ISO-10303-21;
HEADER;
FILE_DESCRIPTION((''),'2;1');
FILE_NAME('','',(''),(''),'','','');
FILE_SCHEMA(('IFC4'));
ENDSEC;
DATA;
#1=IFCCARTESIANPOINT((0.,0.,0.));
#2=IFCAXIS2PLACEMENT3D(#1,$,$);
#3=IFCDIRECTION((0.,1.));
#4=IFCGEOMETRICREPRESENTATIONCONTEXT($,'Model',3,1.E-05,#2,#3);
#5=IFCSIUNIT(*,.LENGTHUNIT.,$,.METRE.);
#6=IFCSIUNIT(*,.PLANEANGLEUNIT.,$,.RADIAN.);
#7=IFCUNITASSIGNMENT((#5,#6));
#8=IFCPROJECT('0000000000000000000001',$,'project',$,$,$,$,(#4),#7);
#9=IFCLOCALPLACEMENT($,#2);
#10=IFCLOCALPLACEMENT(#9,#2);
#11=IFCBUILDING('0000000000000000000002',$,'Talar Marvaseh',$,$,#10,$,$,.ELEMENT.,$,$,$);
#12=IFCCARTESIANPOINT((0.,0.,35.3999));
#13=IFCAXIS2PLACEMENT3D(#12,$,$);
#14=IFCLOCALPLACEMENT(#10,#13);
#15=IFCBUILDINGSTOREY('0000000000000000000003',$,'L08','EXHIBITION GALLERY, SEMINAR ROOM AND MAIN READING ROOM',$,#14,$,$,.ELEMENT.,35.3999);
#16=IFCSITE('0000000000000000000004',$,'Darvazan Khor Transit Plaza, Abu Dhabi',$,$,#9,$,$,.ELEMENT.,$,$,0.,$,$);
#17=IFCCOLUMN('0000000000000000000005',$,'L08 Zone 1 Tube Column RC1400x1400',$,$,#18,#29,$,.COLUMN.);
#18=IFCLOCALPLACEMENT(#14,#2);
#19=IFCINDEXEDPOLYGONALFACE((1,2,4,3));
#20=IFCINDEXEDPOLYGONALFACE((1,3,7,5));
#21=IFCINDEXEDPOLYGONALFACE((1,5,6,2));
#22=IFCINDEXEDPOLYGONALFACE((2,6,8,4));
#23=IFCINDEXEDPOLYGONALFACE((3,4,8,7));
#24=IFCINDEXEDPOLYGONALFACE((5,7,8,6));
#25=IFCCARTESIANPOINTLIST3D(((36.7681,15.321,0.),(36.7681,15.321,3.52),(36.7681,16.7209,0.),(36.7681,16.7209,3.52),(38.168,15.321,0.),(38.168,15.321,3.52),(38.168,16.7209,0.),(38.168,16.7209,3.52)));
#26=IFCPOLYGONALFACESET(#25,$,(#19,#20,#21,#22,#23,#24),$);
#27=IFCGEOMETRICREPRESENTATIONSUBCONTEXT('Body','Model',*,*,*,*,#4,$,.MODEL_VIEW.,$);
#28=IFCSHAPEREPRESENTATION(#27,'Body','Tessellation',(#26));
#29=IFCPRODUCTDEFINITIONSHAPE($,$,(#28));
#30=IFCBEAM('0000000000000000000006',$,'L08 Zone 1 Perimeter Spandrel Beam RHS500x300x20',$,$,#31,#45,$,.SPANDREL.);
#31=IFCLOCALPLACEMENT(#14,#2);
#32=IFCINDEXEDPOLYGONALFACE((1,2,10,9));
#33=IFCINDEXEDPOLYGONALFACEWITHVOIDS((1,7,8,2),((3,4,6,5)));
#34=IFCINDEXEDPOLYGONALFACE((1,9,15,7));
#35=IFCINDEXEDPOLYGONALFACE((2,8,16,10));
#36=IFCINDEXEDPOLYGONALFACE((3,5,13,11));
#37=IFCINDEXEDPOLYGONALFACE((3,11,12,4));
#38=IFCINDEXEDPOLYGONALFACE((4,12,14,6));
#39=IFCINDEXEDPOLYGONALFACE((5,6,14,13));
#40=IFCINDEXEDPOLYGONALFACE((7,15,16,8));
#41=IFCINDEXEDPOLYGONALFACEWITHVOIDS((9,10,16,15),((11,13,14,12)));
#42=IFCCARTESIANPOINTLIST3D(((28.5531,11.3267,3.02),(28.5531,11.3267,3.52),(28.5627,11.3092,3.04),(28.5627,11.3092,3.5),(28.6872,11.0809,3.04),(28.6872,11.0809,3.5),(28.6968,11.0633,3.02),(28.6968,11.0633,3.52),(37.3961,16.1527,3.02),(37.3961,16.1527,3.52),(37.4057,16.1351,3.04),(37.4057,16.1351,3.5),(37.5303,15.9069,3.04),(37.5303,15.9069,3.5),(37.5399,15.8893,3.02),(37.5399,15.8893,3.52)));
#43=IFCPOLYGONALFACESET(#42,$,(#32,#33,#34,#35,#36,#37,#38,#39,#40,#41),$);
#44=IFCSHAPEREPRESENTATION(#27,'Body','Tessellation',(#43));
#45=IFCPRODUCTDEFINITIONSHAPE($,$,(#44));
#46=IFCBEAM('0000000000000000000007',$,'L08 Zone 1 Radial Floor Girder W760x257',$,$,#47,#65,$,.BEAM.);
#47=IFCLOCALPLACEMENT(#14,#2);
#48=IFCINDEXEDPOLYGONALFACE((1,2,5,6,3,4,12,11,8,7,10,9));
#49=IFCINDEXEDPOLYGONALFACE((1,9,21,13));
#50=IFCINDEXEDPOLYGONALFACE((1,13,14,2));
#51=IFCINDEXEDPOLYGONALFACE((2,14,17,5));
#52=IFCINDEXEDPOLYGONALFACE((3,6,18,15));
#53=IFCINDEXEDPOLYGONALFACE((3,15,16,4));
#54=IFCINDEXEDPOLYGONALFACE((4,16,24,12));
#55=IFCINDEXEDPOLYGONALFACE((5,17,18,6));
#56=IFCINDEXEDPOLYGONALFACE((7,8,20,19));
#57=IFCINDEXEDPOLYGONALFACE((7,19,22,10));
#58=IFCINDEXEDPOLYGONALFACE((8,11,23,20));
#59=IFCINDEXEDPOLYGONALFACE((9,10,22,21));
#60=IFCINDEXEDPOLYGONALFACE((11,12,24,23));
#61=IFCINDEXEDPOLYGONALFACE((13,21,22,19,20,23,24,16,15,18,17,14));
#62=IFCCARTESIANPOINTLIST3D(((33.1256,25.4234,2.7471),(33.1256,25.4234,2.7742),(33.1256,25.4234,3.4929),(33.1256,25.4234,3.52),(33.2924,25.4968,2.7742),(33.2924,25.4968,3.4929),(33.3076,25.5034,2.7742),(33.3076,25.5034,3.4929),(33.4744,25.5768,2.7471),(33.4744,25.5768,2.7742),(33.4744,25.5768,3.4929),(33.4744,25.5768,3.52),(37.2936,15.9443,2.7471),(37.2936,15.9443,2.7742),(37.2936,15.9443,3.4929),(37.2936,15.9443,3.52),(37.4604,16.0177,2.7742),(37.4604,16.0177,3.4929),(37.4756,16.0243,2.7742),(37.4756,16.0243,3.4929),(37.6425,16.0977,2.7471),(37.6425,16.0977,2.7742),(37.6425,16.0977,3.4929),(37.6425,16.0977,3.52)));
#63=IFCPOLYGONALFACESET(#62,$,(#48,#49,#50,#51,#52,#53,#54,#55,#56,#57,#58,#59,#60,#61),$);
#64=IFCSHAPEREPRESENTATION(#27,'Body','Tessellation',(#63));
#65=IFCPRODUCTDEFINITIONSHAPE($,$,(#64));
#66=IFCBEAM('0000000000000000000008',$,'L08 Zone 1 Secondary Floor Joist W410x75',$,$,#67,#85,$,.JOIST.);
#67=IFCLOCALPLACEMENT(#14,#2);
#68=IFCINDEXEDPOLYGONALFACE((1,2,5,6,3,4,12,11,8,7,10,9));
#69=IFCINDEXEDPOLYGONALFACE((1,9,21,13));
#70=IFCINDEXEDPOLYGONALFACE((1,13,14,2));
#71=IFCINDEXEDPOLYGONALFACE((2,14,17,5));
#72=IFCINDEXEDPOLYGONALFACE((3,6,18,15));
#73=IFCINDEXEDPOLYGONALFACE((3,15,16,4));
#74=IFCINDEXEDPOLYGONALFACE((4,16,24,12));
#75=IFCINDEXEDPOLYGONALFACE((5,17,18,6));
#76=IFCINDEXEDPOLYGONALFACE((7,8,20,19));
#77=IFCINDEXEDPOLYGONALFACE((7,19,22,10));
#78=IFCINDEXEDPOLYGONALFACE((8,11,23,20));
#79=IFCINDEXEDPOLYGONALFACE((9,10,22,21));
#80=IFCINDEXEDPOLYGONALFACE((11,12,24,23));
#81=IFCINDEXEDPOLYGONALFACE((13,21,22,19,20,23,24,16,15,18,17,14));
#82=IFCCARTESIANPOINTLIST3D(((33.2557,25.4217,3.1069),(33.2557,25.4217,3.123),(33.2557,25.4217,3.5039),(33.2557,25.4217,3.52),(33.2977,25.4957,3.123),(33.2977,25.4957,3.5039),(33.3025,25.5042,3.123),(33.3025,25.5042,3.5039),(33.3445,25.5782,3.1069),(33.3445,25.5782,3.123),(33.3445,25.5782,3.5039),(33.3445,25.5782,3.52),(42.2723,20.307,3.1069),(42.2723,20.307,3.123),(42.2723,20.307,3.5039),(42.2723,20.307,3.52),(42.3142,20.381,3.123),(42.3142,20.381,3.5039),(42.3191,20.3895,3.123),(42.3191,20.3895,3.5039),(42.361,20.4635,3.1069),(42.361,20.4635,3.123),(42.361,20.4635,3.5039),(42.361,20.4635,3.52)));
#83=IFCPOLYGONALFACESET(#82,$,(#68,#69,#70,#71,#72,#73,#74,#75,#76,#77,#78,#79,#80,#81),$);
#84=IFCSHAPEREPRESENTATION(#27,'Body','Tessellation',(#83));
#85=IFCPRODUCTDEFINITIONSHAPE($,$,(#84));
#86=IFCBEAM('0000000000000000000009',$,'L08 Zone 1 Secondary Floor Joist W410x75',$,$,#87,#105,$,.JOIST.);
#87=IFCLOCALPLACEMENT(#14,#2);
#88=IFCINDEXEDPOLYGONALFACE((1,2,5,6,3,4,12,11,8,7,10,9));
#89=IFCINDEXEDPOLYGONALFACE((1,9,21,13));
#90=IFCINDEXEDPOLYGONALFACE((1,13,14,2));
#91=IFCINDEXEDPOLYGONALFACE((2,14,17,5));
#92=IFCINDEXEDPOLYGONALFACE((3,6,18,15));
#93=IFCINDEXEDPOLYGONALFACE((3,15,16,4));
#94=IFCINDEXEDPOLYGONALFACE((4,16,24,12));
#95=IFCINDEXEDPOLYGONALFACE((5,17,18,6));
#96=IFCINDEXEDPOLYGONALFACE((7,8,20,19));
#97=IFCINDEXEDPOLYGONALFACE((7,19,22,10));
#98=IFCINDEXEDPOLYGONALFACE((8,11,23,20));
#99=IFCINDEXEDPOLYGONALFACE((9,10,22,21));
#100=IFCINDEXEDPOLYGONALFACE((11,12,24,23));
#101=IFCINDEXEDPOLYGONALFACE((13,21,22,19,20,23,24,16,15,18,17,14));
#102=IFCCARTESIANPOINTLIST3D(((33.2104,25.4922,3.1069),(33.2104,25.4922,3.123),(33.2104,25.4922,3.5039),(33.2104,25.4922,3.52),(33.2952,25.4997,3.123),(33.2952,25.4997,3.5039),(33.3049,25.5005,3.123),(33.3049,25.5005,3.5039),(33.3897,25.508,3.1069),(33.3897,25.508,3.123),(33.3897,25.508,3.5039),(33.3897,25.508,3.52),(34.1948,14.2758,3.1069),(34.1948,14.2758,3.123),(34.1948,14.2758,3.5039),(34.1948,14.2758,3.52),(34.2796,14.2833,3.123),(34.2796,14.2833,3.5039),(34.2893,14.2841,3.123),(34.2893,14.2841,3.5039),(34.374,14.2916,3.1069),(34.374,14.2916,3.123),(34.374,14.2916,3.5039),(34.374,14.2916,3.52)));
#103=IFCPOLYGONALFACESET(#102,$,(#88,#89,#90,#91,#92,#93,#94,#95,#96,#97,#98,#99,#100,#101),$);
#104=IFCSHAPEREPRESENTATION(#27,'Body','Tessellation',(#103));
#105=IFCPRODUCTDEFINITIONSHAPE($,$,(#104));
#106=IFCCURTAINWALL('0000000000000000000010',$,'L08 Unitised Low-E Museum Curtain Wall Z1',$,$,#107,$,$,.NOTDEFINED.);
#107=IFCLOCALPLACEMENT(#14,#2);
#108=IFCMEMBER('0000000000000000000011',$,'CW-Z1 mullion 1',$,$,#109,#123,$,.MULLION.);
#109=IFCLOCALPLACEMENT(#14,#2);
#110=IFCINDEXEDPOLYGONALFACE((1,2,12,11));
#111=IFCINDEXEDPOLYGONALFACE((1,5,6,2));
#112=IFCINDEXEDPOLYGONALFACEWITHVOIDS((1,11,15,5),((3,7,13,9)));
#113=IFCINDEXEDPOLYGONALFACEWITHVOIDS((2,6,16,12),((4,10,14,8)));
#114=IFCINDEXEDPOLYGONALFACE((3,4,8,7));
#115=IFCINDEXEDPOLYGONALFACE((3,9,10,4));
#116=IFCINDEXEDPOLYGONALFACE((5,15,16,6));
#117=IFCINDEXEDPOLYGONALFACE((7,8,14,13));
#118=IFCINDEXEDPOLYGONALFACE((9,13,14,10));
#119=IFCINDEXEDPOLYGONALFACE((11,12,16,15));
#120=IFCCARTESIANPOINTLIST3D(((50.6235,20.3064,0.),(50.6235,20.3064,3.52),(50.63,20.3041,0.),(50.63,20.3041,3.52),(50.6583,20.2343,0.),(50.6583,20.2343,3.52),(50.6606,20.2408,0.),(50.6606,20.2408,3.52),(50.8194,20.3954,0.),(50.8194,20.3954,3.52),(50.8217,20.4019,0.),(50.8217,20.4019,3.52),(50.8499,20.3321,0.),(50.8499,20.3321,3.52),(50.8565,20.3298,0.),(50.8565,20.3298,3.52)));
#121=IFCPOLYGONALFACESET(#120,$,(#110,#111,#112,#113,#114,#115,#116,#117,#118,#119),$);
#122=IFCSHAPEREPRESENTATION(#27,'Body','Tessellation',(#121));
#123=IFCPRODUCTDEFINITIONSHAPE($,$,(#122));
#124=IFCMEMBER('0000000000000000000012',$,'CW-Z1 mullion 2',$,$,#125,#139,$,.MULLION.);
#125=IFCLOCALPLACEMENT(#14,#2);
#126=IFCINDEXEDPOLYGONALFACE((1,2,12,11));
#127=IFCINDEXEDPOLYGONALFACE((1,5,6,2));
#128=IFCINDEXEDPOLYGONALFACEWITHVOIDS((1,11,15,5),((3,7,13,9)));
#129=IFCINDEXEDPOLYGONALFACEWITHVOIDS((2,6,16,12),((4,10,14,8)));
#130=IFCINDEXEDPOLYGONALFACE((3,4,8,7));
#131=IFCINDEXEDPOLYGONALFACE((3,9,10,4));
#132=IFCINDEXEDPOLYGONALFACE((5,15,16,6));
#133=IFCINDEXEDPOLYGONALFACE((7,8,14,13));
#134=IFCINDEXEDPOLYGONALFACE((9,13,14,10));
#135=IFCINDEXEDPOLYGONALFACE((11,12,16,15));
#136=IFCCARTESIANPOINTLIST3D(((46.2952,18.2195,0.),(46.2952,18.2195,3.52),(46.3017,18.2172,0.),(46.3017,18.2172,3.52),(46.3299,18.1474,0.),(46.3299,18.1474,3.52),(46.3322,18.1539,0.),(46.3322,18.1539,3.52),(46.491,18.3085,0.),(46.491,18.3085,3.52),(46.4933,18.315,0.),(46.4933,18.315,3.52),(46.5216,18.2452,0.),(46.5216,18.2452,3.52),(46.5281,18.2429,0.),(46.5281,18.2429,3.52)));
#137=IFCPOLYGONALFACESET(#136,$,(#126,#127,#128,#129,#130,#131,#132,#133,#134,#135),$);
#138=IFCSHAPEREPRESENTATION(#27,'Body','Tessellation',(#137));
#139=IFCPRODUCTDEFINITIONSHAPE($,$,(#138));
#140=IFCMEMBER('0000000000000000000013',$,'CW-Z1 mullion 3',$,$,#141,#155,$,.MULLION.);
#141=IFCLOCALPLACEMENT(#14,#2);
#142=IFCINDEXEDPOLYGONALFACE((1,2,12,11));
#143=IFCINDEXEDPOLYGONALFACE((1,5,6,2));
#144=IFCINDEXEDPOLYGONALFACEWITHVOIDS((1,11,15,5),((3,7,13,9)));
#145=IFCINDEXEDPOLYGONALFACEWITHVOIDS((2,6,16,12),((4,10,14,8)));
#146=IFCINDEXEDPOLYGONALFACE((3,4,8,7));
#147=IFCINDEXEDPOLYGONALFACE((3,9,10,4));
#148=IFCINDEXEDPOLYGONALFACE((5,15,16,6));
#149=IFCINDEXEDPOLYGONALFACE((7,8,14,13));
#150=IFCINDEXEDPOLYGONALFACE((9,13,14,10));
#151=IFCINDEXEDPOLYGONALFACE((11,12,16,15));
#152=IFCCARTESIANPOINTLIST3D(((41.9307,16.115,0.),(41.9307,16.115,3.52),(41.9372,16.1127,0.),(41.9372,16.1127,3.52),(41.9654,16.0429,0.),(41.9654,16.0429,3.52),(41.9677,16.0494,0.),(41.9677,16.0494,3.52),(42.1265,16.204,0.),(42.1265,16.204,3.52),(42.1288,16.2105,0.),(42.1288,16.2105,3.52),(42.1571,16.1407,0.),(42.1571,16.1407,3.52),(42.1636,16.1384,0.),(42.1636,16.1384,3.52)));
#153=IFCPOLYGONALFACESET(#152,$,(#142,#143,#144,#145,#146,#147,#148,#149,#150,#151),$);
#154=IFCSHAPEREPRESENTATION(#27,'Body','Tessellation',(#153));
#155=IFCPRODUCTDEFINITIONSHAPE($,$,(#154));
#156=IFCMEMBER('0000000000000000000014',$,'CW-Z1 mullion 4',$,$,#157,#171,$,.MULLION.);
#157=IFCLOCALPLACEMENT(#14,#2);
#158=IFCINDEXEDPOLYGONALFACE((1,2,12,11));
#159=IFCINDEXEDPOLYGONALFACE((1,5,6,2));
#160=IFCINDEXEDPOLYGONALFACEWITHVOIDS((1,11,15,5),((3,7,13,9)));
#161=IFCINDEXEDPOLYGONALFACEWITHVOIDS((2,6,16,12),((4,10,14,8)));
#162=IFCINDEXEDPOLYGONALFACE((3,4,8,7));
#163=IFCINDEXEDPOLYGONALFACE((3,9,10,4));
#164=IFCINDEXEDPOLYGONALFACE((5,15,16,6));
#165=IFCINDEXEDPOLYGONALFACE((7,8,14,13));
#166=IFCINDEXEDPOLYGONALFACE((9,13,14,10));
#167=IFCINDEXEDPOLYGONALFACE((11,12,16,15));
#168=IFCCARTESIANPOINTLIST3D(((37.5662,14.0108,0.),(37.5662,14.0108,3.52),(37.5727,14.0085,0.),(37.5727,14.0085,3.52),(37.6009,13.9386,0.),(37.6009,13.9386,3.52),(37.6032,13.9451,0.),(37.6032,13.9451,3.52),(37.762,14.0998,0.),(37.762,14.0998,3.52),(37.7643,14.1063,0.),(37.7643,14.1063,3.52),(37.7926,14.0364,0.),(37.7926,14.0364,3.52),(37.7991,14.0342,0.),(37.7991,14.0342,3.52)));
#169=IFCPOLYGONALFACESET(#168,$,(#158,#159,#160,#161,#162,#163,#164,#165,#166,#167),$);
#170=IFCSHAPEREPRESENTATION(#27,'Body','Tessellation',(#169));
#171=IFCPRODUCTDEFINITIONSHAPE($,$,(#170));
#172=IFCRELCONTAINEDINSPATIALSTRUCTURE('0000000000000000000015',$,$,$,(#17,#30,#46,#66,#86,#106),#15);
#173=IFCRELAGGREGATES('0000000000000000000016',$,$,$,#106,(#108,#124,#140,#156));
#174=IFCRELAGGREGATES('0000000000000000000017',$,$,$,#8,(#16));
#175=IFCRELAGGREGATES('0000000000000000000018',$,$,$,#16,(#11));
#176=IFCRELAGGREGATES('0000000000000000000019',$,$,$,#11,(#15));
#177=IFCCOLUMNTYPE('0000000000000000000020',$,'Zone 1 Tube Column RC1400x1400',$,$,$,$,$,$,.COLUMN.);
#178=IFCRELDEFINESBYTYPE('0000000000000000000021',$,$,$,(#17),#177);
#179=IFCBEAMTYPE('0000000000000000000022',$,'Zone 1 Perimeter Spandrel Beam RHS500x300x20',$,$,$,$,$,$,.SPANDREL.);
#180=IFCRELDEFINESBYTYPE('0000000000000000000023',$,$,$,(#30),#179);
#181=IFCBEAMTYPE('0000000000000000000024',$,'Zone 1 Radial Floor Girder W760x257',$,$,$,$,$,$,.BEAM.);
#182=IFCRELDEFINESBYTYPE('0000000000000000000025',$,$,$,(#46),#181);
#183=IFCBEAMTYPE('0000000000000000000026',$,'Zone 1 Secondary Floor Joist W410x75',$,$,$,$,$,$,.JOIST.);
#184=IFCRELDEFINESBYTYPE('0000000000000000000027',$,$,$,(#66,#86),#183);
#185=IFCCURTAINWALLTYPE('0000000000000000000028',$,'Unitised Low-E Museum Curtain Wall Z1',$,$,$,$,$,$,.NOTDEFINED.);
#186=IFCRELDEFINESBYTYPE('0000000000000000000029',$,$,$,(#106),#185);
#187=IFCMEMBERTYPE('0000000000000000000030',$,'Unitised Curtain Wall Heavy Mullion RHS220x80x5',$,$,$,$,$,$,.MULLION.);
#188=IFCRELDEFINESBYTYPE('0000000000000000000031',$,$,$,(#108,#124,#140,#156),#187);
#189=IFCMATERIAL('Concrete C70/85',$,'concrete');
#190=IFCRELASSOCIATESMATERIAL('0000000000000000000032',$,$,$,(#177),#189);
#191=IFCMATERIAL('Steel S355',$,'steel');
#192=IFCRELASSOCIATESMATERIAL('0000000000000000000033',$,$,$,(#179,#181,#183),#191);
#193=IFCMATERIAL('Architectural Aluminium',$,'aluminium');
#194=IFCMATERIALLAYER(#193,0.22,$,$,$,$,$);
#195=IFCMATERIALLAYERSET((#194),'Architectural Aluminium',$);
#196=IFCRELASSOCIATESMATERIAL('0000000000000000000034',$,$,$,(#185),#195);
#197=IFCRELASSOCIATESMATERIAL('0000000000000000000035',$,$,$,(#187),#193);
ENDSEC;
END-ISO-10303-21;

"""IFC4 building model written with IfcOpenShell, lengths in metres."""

from ifc_helpers import new_model, si_unit, direction, frame, origin, origin_2d, place, context, subcontext, project, spatial, rectangle, hollow_rectangle, i_section, extrude, source, transform, mapped, material, layer, layer_set, material_profile, profile_set, type_object, type_shapes, element, aggregate, save


model = new_model("IFC4")

# Units and contexts
model_context = context("Model", 3, precision=1e-05, world=origin(), true_north=direction((0.0, 1.0)))
body_context = subcontext(model_context, "Body", "Model", "MODEL_VIEW")
ifc_project = project(units=[si_unit("LENGTHUNIT", "METRE"), si_unit("PLANEANGLEUNIT", "RADIAN")], contexts=[model_context])

# Site, building, storey
site_placement = place(None, origin())
site = spatial("IfcSite", under=ifc_project, at=site_placement, Name="Darvazan Khor Transit Plaza, Abu Dhabi", CompositionType="ELEMENT", RefElevation=0.0)
building_placement = place(site_placement, origin())
building = spatial("IfcBuilding", under=site, at=building_placement, Name="Talar Marvaseh", CompositionType="ELEMENT")
storey_placement = place(building_placement, frame((0.0, 0.0, 35.3999)))
storey = spatial("IfcBuildingStorey", under=building, at=storey_placement, Name="L08", Description="EXHIBITION GALLERY, SEMINAR ROOM AND MAIN READING ROOM", CompositionType="ELEMENT", Elevation=35.3999)

# Column
ifc_material_1 = material(Name="Concrete C70/85", Category="concrete")
ifc_material_profile_1 = material_profile(ifc_material_1, rectangle(XDim=1.3999, YDim=1.3999, at=origin_2d()), Name="RC1400x1400")
ifc_profile_set_1 = profile_set([ifc_material_profile_1], Name="Concrete C70/85")
column_type = type_object("IfcColumnType", Name="Zone 1 Tube Column RC1400x1400", PredefinedType="COLUMN", material=ifc_profile_set_1)
column_placement = place(storey_placement, frame((37.468, 16.021, 0.0), z_axis=(0.0, 0.0, 1.0), x_axis=(1.0, 0.0, 0.0)))
element("IfcColumn", 1, at=column_placement, inside=storey, type_object=column_type, Name="L08 Zone 1 Tube Column RC1400x1400", PredefinedType="COLUMN", context=body_context, shape_type="SweptSolid", body=[
    extrude(rectangle(XDim=1.3999, YDim=1.3999, at=origin_2d()), origin(), (0.0, 0.0, 1.0), 3.52),
])

# Beams
ifc_material_2 = material(Name="Steel S355", Category="steel")
ifc_material_profile_2 = material_profile(ifc_material_2, hollow_rectangle(XDim=0.3, YDim=0.5, WallThickness=0.02, at=origin_2d()), Name="RHS500x300x20")
ifc_profile_set_2 = profile_set([ifc_material_profile_2], Name="Steel S355")
beam_type_1 = type_object("IfcBeamType", Name="Zone 1 Perimeter Spandrel Beam RHS500x300x20", PredefinedType="SPANDREL", material=ifc_profile_set_2)
beam_1_placement = place(storey_placement, frame((37.468, 16.021, 3.27), z_axis=(-0.877793, -0.479041, 0.0), x_axis=(0.479041, -0.877793, 0.0)))
element("IfcBeam", 2, at=beam_1_placement, inside=storey, type_object=beam_type_1, Name="L08 Zone 1 Perimeter Spandrel Beam RHS500x300x20", PredefinedType="SPANDREL", context=body_context, shape_type="SweptSolid", body=[
    extrude(hollow_rectangle(XDim=0.3, YDim=0.5, WallThickness=0.02, at=origin_2d()), origin(), (0.0, 0.0, 1.0), 10.0742),
])
ifc_material_profile_3 = material_profile(ifc_material_2, i_section(OverallWidth=0.3811, OverallDepth=0.7729, WebThickness=0.0166, FlangeThickness=0.0271, at=origin_2d()), Name="W760x257")
ifc_profile_set_3 = profile_set([ifc_material_profile_3], Name="Steel S355")
beam_type_2 = type_object("IfcBeamType", Name="Zone 1 Radial Floor Girder W760x257", PredefinedType="BEAM", material=ifc_profile_set_3)
beam_2_placement = place(storey_placement, frame((37.468, 16.021, 3.1335), z_axis=(-0.402513, 0.915414, 0.0), x_axis=(-0.915414, -0.402513, 0.0)))
element("IfcBeam", 3, at=beam_2_placement, inside=storey, type_object=beam_type_2, Name="L08 Zone 1 Radial Floor Girder W760x257", PredefinedType="BEAM", context=body_context, shape_type="SweptSolid", body=[
    extrude(i_section(OverallWidth=0.3811, OverallDepth=0.7729, WebThickness=0.0166, FlangeThickness=0.0271, at=origin_2d()), origin(), (0.0, 0.0, 1.0), 10.355),
])
ifc_material_profile_4 = material_profile(ifc_material_2, i_section(OverallWidth=0.1799, OverallDepth=0.4131, WebThickness=0.0098, FlangeThickness=0.0161, at=origin_2d()), Name="W410x75")
ifc_profile_set_4 = profile_set([ifc_material_profile_4], Name="Steel S355")
beam_type_3 = type_object("IfcBeamType", Name="Zone 1 Secondary Floor Joist W410x75", PredefinedType="JOIST", material=ifc_profile_set_4)
beam_3_placement = place(storey_placement, frame((42.3167, 20.3853, 3.3135), z_axis=(-0.869801, 0.493402, 0.0), x_axis=(-0.493402, -0.869801, 0.0)))
element("IfcBeam", 4, at=beam_3_placement, inside=storey, type_object=beam_type_3, Name="L08 Zone 1 Secondary Floor Joist W410x75", PredefinedType="JOIST", context=body_context, shape_type="SweptSolid", body=[
    extrude(i_section(OverallWidth=0.1799, OverallDepth=0.4131, WebThickness=0.0098, FlangeThickness=0.0161, at=origin_2d()), origin(), (0.0, 0.0, 1.0), 10.3662),
])
beam_4_placement = place(storey_placement, frame((34.2844, 14.2837, 3.3135), z_axis=(-0.087427, 0.996171, 0.0), x_axis=(-0.996171, -0.087427, 0.0)))
element("IfcBeam", 5, at=beam_4_placement, inside=storey, type_object=beam_type_3, Name="L08 Zone 1 Secondary Floor Joist W410x75", PredefinedType="JOIST", context=body_context, shape_type="SweptSolid", body=[
    extrude(i_section(OverallWidth=0.1799, OverallDepth=0.4131, WebThickness=0.0098, FlangeThickness=0.0161, at=origin_2d()), origin(), (0.0, 0.0, 1.0), 11.2595),
])

# Curtain wall, members
ifc_material_3 = material(Name="Architectural Aluminium", Category="aluminium")
ifc_layer_1 = layer(ifc_material_3, 0.22)
ifc_layer_set_1 = layer_set([ifc_layer_1], Name="Architectural Aluminium")
curtain_wall_type = type_object("IfcCurtainWallType", Name="Unitised Low-E Museum Curtain Wall Z1", PredefinedType="NOTDEFINED", material=ifc_layer_set_1)
curtain_wall_placement = place(storey_placement, origin())
curtain_wall = element("IfcCurtainWall", 6, at=curtain_wall_placement, inside=storey, type_object=curtain_wall_type, Name="L08 Unitised Low-E Museum Curtain Wall Z1", PredefinedType="NOTDEFINED")
ifc_material_profile_5 = material_profile(ifc_material_3, hollow_rectangle(XDim=0.0801, YDim=0.22, WallThickness=0.0049, at=origin_2d()), Name="RHS220x80x5")
ifc_profile_set_5 = profile_set([ifc_material_profile_5], Name="Architectural Aluminium")
member_type_1 = type_object("IfcMemberType", Name="Unitised Curtain Wall Heavy Mullion RHS220x80x5", PredefinedType="MULLION", material=ifc_profile_set_5)
shared_shape_1 = source(origin(), body_context, "Body", "SweptSolid", [
    extrude(hollow_rectangle(XDim=0.0801, YDim=0.22, WallThickness=0.0049, at=origin_2d()), origin(), (0.0, 0.0, 1.0), 3.52),
])
type_shapes(member_type_1, [shared_shape_1])
member_1_placement = place(storey_placement, frame((50.74, 20.3181, 0.0), z_axis=(0.0, 0.0, 1.0), x_axis=(0.434307, -0.900765, 0.0)))
member_1 = element("IfcMember", 7, at=member_1_placement, type_object=member_type_1, Name="CW-Z1 mullion 1", PredefinedType="MULLION", context=body_context, shape_type="MappedRepresentation", body=[
    mapped(shared_shape_1, transform((0.0, 0.0, 0.0), x_axis=(1.0, 0.0, 0.0), y_axis=(0.0, 1.0, 0.0), z_axis=(0.0, 0.0, 1.0), scale=1.0)),
])
member_2_placement = place(storey_placement, frame((46.4116, 18.2312, 0.0), z_axis=(0.0, 0.0, 1.0), x_axis=(0.434307, -0.900765, 0.0)))
member_2 = element("IfcMember", 8, at=member_2_placement, type_object=member_type_1, Name="CW-Z1 mullion 2", PredefinedType="MULLION", context=body_context, shape_type="MappedRepresentation", body=[
    mapped(shared_shape_1, transform((0.0, 0.0, 0.0), x_axis=(1.0, 0.0, 0.0), y_axis=(0.0, 1.0, 0.0), z_axis=(0.0, 0.0, 1.0), scale=1.0)),
])
member_3_placement = place(storey_placement, frame((42.0471, 16.1267, 0.0), z_axis=(0.0, 0.0, 1.0), x_axis=(0.434307, -0.900765, 0.0)))
member_3 = element("IfcMember", 9, at=member_3_placement, type_object=member_type_1, Name="CW-Z1 mullion 3", PredefinedType="MULLION", context=body_context, shape_type="MappedRepresentation", body=[
    mapped(shared_shape_1, transform((0.0, 0.0, 0.0), x_axis=(1.0, 0.0, 0.0), y_axis=(0.0, 1.0, 0.0), z_axis=(0.0, 0.0, 1.0), scale=1.0)),
])
member_4_placement = place(storey_placement, frame((37.6826, 14.0225, 0.0), z_axis=(0.0, 0.0, 1.0), x_axis=(0.434307, -0.900765, 0.0)))
member_4 = element("IfcMember", 10, at=member_4_placement, type_object=member_type_1, Name="CW-Z1 mullion 4", PredefinedType="MULLION", context=body_context, shape_type="MappedRepresentation", body=[
    mapped(shared_shape_1, transform((0.0, 0.0, 0.0), x_axis=(1.0, 0.0, 0.0), y_axis=(0.0, 1.0, 0.0), z_axis=(0.0, 0.0, 1.0), scale=1.0)),
])
aggregate(curtain_wall, [member_1, member_2, member_3, member_4])

save(model, "model.ifc")
